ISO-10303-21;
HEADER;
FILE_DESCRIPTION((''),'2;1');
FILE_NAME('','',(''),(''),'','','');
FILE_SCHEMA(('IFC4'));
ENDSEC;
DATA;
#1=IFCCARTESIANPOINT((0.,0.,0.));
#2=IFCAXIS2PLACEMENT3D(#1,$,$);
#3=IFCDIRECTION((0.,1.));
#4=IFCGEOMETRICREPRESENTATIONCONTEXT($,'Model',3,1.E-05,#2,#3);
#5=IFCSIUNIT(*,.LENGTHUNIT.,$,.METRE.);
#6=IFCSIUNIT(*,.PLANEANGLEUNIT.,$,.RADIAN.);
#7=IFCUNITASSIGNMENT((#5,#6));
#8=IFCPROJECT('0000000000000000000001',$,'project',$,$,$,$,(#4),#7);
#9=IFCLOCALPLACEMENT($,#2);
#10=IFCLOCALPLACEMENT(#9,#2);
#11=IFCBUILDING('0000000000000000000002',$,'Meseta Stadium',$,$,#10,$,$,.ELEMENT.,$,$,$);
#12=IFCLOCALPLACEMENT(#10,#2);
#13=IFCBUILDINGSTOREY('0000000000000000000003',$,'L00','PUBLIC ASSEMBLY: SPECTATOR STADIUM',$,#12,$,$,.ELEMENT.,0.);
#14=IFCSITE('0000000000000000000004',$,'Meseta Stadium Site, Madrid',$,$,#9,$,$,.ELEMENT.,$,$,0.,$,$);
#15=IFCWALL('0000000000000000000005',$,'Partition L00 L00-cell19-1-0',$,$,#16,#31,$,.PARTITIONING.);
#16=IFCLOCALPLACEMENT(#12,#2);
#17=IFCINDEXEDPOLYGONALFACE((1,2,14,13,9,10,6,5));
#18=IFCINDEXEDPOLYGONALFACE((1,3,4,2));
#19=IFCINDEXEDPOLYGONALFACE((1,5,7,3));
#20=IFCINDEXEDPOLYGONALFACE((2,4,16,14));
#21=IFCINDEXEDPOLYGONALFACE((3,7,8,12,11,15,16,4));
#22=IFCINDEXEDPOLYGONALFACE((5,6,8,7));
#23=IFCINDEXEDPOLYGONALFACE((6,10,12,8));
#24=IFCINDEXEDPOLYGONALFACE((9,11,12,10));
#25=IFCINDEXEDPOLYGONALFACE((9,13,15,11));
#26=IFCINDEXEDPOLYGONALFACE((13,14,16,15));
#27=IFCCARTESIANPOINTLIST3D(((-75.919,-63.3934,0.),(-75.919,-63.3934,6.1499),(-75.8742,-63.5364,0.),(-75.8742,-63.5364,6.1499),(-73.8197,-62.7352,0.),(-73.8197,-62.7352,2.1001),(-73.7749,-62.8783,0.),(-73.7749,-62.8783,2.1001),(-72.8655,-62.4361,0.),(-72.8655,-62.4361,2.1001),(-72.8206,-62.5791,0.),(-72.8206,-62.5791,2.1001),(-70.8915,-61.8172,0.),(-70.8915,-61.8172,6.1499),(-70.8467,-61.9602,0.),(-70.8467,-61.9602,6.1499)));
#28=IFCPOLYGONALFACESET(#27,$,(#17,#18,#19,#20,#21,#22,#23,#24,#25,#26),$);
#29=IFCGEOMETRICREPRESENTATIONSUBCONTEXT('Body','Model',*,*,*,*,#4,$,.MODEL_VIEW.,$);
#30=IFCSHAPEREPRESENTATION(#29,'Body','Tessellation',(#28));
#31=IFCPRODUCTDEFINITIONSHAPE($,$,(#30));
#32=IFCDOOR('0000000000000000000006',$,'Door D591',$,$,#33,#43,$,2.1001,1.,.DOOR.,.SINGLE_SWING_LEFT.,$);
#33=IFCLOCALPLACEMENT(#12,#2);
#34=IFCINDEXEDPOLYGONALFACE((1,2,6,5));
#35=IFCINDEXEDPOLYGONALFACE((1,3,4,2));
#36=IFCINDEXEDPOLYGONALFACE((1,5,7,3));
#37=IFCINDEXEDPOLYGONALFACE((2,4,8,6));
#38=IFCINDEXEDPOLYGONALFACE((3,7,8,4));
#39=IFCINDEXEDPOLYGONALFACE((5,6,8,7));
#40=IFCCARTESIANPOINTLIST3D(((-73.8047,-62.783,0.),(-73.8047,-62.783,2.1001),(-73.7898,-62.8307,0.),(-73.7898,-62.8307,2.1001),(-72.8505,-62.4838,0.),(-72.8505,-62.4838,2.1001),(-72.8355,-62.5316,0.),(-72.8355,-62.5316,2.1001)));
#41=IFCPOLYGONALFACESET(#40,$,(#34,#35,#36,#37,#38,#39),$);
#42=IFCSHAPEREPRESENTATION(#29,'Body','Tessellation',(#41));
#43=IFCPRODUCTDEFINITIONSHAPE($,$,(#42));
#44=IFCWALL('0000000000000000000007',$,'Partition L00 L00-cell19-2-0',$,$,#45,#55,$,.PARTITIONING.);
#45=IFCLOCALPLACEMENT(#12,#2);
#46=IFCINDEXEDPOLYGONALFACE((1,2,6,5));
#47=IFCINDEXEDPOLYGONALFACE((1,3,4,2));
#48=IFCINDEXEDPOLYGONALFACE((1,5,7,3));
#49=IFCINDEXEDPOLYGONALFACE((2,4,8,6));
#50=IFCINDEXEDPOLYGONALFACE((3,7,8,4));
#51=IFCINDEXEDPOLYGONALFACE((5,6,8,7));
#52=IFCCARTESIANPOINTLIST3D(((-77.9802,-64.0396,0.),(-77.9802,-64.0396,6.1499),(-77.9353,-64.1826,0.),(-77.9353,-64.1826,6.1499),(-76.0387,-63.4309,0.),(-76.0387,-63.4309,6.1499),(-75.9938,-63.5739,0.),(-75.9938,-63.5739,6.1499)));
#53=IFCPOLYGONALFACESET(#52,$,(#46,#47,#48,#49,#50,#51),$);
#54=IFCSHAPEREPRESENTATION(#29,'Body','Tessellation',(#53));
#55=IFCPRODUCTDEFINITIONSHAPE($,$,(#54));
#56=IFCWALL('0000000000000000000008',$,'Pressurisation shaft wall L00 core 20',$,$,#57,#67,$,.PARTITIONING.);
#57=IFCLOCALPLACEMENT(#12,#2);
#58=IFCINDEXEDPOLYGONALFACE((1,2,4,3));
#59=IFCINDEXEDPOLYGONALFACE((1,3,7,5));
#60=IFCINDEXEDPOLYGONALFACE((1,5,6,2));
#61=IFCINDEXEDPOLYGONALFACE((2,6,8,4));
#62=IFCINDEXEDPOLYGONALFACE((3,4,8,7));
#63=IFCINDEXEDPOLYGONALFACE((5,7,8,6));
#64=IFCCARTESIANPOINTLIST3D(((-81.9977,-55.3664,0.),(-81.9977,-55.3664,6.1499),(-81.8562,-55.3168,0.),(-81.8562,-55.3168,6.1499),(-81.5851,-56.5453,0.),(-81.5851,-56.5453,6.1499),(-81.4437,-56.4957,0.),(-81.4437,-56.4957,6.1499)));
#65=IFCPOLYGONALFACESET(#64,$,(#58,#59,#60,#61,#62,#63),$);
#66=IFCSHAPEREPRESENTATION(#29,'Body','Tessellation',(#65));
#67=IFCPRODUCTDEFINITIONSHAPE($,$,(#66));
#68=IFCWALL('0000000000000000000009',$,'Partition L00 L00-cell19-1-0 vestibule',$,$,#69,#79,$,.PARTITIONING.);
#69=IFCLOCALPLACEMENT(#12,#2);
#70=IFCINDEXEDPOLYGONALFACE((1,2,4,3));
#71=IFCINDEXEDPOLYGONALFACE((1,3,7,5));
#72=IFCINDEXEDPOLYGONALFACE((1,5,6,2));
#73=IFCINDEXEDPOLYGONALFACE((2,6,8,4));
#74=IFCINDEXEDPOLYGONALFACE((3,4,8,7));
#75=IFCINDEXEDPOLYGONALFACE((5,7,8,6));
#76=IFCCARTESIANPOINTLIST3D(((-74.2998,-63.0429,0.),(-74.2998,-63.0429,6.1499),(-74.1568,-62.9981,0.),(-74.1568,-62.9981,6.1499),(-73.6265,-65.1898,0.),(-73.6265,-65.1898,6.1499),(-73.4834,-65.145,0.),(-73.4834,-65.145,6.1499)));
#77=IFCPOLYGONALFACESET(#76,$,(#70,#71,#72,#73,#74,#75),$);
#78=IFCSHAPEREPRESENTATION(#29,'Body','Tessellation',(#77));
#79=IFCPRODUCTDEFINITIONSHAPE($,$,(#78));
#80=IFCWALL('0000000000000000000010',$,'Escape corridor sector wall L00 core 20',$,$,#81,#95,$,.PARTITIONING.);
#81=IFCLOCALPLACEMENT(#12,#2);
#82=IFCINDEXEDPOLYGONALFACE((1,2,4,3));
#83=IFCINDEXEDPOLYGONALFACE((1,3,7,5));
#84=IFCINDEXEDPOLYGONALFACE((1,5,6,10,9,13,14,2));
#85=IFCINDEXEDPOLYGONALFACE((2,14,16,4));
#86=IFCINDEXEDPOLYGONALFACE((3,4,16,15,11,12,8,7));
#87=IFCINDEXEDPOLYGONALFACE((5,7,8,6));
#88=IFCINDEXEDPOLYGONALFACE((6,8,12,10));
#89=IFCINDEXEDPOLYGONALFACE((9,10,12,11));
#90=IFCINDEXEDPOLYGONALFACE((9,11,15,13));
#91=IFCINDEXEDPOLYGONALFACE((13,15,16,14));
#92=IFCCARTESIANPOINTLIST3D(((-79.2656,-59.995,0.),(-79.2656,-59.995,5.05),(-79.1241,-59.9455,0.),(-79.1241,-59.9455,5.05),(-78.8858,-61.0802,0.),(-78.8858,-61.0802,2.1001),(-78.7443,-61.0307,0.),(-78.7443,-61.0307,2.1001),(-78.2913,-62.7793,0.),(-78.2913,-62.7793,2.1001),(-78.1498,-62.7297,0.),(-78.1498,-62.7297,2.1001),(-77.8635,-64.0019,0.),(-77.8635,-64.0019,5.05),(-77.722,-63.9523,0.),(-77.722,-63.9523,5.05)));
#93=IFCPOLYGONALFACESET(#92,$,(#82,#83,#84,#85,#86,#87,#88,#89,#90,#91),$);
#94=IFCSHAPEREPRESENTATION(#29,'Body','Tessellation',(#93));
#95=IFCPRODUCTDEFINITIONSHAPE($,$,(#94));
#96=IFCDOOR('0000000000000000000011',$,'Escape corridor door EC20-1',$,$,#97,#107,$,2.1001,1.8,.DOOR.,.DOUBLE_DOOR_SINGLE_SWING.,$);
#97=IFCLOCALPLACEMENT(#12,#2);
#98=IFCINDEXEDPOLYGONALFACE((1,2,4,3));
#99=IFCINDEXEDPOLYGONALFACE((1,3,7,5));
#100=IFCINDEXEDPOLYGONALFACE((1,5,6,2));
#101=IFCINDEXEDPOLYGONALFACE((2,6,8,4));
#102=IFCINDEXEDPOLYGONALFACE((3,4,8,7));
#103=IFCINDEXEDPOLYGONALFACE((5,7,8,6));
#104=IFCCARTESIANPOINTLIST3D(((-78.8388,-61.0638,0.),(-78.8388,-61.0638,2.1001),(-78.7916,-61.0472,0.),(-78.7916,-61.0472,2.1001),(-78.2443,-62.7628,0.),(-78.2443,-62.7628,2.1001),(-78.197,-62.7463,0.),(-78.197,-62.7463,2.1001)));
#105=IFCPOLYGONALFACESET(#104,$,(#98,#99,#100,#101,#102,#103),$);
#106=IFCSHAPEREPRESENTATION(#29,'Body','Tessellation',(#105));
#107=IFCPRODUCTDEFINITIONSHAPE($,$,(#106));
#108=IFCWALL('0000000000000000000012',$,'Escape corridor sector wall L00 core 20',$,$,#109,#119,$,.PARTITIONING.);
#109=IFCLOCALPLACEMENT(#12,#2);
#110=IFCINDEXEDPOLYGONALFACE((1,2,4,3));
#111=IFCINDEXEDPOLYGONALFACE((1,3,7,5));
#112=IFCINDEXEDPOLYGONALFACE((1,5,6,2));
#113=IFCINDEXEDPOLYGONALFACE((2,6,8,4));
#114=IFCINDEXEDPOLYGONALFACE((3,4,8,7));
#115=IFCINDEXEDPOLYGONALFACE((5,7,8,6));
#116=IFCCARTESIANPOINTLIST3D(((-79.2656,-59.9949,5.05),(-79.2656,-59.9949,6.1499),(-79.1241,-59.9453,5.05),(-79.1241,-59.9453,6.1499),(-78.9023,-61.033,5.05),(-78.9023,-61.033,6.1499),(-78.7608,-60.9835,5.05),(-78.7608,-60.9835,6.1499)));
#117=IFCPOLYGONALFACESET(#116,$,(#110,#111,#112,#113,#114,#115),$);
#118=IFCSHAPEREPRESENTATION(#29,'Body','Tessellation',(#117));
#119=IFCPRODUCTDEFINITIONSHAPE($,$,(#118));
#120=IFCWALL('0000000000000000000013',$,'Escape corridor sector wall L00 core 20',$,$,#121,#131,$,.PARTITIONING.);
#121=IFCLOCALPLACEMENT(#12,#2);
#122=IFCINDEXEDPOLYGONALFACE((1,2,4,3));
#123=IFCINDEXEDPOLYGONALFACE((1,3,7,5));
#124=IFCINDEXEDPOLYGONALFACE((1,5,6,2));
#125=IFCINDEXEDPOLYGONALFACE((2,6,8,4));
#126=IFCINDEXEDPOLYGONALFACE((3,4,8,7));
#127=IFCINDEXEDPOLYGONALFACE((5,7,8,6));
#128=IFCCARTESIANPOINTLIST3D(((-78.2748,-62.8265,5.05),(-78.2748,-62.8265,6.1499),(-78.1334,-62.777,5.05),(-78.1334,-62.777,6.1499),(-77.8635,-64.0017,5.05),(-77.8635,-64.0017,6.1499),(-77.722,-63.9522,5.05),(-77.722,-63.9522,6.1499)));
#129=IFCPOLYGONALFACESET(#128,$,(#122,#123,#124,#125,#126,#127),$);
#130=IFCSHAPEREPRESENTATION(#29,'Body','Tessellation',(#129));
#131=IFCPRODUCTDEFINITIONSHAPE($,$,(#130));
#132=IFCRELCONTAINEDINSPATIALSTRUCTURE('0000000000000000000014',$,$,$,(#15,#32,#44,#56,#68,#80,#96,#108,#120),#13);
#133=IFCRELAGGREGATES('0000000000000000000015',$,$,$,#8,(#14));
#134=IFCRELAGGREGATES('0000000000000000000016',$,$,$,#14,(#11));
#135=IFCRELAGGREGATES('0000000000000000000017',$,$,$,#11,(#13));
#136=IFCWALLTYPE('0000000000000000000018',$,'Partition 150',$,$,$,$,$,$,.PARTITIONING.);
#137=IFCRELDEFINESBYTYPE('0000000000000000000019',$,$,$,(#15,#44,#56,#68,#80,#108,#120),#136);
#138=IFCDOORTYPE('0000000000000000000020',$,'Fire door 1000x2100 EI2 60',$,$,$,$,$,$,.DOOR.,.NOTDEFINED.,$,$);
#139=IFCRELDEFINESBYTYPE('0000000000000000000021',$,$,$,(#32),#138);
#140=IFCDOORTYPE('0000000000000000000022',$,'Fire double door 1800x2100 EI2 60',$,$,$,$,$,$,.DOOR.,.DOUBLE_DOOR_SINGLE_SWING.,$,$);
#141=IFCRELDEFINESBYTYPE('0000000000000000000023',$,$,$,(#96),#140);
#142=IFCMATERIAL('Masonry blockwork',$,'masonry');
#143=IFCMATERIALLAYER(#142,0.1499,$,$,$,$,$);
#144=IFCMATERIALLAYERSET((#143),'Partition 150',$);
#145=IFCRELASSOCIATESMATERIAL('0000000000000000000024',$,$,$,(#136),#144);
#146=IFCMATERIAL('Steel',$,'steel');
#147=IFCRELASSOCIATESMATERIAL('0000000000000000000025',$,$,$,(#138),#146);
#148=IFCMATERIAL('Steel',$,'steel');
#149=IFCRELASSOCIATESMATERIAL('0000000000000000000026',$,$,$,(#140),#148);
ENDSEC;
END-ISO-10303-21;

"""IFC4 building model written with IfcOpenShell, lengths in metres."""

from ifc_helpers import new_model, si_unit, direction, frame, frame_2d, origin, place, context, subcontext, project, spatial, rectangle, extrude, material, layer, layer_set, type_object, element, fill, save


model = new_model("IFC4")

# Units and contexts
model_context = context("Model", 3, precision=1e-05, world=origin(), true_north=direction((0.0, 1.0)))
body_context = subcontext(model_context, "Body", "Model", "MODEL_VIEW")
ifc_project = project(units=[si_unit("LENGTHUNIT", "METRE"), si_unit("PLANEANGLEUNIT", "RADIAN")], contexts=[model_context])

# Site, building, storey
site_placement = place(None, origin())
site = spatial("IfcSite", under=ifc_project, at=site_placement, Name="Meseta Stadium Site, Madrid", CompositionType="ELEMENT", RefElevation=0.0)
building_placement = place(site_placement, origin())
building = spatial("IfcBuilding", under=site, at=building_placement, Name="Meseta Stadium", CompositionType="ELEMENT")
storey_placement = place(building_placement, origin())
storey = spatial("IfcBuildingStorey", under=building, at=storey_placement, Name="L00", Description="PUBLIC ASSEMBLY: SPECTATOR STADIUM", CompositionType="ELEMENT", Elevation=0.0)

# Shared definitions
ifc_material_1 = material(Name="Masonry blockwork", Category="masonry")
ifc_layer_1 = layer(ifc_material_1, 0.1499)
ifc_layer_set_1 = layer_set([ifc_layer_1], Name="Partition 150")
wall_type_1 = type_object("IfcWallType", Name="Partition 150", PredefinedType="PARTITIONING", material=ifc_layer_set_1)

# Wall, opening, door
wall_1_placement = place(storey_placement, frame((-75.8965, -63.4648, 0.0), z_axis=(0.0, 0.0, 1.0), x_axis=(0.954207, 0.299148, 0.0)))
wall_1 = element("IfcWall", 1, at=wall_1_placement, inside=storey, type_object=wall_type_1, Name="Partition L00 L00-cell19-1-0", PredefinedType="PARTITIONING", context=body_context, shape_type="SweptSolid", body=[
    extrude(rectangle(XDim=5.2688, YDim=0.1499, at=frame_2d((2.6343, 0.0))), origin(), (0.0, 0.0, 1.0), 6.1499),
])
opening_1_placement = place(wall_1_placement, frame((2.2, 0.0, 0.0)))
opening_1 = element("IfcOpeningElement", 2, at=opening_1_placement, cuts=wall_1, PredefinedType="OPENING", context=body_context, shape_type="SweptSolid", body=[
    extrude(rectangle(XDim=1.0, YDim=2.1001, at=frame_2d((0.5, 1.05))), frame((0.0, 0.085, 0.0), z_axis=(0.0, -1.0, 0.0), x_axis=(1.0, 0.0, 0.0)), (0.0, 0.0, 1.0), 0.1699),
])
ifc_material_2 = material(Name="Steel", Category="steel")
door_type_1 = type_object("IfcDoorType", Name="Fire door 1000x2100 EI2 60", OperationType="NOTDEFINED", PredefinedType="DOOR", material=ifc_material_2)
door_1_placement = place(opening_1_placement, origin())
door_1 = element("IfcDoor", 3, at=door_1_placement, inside=storey, type_object=door_type_1, Name="Door D591", OperationType="SINGLE_SWING_LEFT", OverallHeight=2.1001, OverallWidth=1.0, PredefinedType="DOOR", context=body_context, shape_type="SweptSolid", body=[
    extrude(rectangle(XDim=1.0, YDim=2.1001, at=frame_2d((0.5, 1.05))), frame((0.0, 0.0249, 0.0), z_axis=(0.0, -1.0, 0.0), x_axis=(1.0, 0.0, 0.0)), (0.0, 0.0, 1.0), 0.05),
])
fill(opening_1, door_1)

# Walls
wall_2_placement = place(storey_placement, frame((-77.9578, -64.1111, 0.0), z_axis=(0.0, 0.0, 1.0), x_axis=(0.954206, 0.299149, 0.0)))
element("IfcWall", 4, at=wall_2_placement, inside=storey, type_object=wall_type_1, Name="Partition L00 L00-cell19-2-0", PredefinedType="PARTITIONING", context=body_context, shape_type="SweptSolid", body=[
    extrude(rectangle(XDim=2.0347, YDim=0.1499, at=frame_2d((1.0173, 0.0))), origin(), (0.0, 0.0, 1.0), 6.1499),
])
wall_3_placement = place(storey_placement, frame((-81.5144, -56.5205, 0.0), z_axis=(0.0, 0.0, 1.0), x_axis=(-0.330324, 0.943867, 0.0)))
element("IfcWall", 5, at=wall_3_placement, inside=storey, type_object=wall_type_1, Name="Pressurisation shaft wall L00 core 20", PredefinedType="PARTITIONING", context=body_context, shape_type="SweptSolid", body=[
    extrude(rectangle(XDim=1.249, YDim=0.1499, at=frame_2d((0.6245, 0.0))), origin(), (0.0, 0.0, 1.0), 6.1499),
])
wall_4_placement = place(storey_placement, frame((-74.2283, -63.0205, 0.0), z_axis=(0.0, 0.0, 1.0), x_axis=(0.299251, -0.954174, 0.0)))
element("IfcWall", 6, at=wall_4_placement, inside=storey, type_object=wall_type_1, Name="Partition L00 L00-cell19-1-0 vestibule", PredefinedType="PARTITIONING", context=body_context, shape_type="SweptSolid", body=[
    extrude(rectangle(XDim=2.25, YDim=0.1499, at=frame_2d((1.125, 0.0))), origin(), (0.0, 0.0, 1.0), 6.1499),
])

# Wall, opening, door
wall_5_placement = place(storey_placement, frame((-79.1948, -59.9702, 0.0), z_axis=(0.0, 0.0, 1.0), x_axis=(0.330289, -0.94388, 0.0)))
wall_5 = element("IfcWall", 7, at=wall_5_placement, inside=storey, type_object=wall_type_1, Name="Escape corridor sector wall L00 core 20", PredefinedType="PARTITIONING", context=body_context, shape_type="SweptSolid", body=[
    extrude(rectangle(XDim=4.2451, YDim=0.1499, at=frame_2d((2.1226, 0.0))), origin(), (0.0, 0.0, 1.0), 5.05),
])
opening_2_placement = place(wall_5_placement, frame((1.1499, 0.0, 0.0)))
opening_2 = element("IfcOpeningElement", 8, at=opening_2_placement, cuts=wall_5, PredefinedType="OPENING", context=body_context, shape_type="SweptSolid", body=[
    extrude(rectangle(XDim=1.8, YDim=2.1001, at=frame_2d((0.8999, 1.05))), frame((0.0, 0.085, 0.0), z_axis=(0.0, -1.0, 0.0), x_axis=(1.0, 0.0, 0.0)), (0.0, 0.0, 1.0), 0.1699),
])
ifc_material_3 = material(Name="Steel", Category="steel")
door_type_2 = type_object("IfcDoorType", Name="Fire double door 1800x2100 EI2 60", OperationType="DOUBLE_DOOR_SINGLE_SWING", PredefinedType="DOOR", material=ifc_material_3)
door_2_placement = place(opening_2_placement, origin())
door_2 = element("IfcDoor", 9, at=door_2_placement, inside=storey, type_object=door_type_2, Name="Escape corridor door EC20-1", OperationType="DOUBLE_DOOR_SINGLE_SWING", OverallHeight=2.1001, OverallWidth=1.8, PredefinedType="DOOR", context=body_context, shape_type="SweptSolid", body=[
    extrude(rectangle(XDim=1.8, YDim=2.1001, at=frame_2d((0.8999, 1.05))), frame((0.0, 0.0249, 0.0), z_axis=(0.0, -1.0, 0.0), x_axis=(1.0, 0.0, 0.0)), (0.0, 0.0, 1.0), 0.05),
])
fill(opening_2, door_2)

# Walls
wall_6_placement = place(storey_placement, frame((-79.1948, -59.9702, 5.05), z_axis=(0.0, 0.0, 1.0), x_axis=(0.330311, -0.943872, 0.0)))
element("IfcWall", 10, at=wall_6_placement, inside=storey, type_object=wall_type_1, Name="Escape corridor sector wall L00 core 20", PredefinedType="PARTITIONING", context=body_context, shape_type="SweptSolid", body=[
    extrude(rectangle(XDim=1.0999, YDim=0.1499, at=frame_2d((0.5498, 0.0))), origin(), (0.0, 0.0, 1.0), 1.0999),
])
wall_7_placement = place(storey_placement, frame((-78.2041, -62.8018, 5.05), z_axis=(0.0, 0.0, 1.0), x_axis=(0.330368, -0.943852, 0.0)))
element("IfcWall", 11, at=wall_7_placement, inside=storey, type_object=wall_type_1, Name="Escape corridor sector wall L00 core 20", PredefinedType="PARTITIONING", context=body_context, shape_type="SweptSolid", body=[
    extrude(rectangle(XDim=1.2451, YDim=0.1499, at=frame_2d((0.6226, 0.0))), origin(), (0.0, 0.0, 1.0), 1.0999),
])

save(model, "model.ifc")
